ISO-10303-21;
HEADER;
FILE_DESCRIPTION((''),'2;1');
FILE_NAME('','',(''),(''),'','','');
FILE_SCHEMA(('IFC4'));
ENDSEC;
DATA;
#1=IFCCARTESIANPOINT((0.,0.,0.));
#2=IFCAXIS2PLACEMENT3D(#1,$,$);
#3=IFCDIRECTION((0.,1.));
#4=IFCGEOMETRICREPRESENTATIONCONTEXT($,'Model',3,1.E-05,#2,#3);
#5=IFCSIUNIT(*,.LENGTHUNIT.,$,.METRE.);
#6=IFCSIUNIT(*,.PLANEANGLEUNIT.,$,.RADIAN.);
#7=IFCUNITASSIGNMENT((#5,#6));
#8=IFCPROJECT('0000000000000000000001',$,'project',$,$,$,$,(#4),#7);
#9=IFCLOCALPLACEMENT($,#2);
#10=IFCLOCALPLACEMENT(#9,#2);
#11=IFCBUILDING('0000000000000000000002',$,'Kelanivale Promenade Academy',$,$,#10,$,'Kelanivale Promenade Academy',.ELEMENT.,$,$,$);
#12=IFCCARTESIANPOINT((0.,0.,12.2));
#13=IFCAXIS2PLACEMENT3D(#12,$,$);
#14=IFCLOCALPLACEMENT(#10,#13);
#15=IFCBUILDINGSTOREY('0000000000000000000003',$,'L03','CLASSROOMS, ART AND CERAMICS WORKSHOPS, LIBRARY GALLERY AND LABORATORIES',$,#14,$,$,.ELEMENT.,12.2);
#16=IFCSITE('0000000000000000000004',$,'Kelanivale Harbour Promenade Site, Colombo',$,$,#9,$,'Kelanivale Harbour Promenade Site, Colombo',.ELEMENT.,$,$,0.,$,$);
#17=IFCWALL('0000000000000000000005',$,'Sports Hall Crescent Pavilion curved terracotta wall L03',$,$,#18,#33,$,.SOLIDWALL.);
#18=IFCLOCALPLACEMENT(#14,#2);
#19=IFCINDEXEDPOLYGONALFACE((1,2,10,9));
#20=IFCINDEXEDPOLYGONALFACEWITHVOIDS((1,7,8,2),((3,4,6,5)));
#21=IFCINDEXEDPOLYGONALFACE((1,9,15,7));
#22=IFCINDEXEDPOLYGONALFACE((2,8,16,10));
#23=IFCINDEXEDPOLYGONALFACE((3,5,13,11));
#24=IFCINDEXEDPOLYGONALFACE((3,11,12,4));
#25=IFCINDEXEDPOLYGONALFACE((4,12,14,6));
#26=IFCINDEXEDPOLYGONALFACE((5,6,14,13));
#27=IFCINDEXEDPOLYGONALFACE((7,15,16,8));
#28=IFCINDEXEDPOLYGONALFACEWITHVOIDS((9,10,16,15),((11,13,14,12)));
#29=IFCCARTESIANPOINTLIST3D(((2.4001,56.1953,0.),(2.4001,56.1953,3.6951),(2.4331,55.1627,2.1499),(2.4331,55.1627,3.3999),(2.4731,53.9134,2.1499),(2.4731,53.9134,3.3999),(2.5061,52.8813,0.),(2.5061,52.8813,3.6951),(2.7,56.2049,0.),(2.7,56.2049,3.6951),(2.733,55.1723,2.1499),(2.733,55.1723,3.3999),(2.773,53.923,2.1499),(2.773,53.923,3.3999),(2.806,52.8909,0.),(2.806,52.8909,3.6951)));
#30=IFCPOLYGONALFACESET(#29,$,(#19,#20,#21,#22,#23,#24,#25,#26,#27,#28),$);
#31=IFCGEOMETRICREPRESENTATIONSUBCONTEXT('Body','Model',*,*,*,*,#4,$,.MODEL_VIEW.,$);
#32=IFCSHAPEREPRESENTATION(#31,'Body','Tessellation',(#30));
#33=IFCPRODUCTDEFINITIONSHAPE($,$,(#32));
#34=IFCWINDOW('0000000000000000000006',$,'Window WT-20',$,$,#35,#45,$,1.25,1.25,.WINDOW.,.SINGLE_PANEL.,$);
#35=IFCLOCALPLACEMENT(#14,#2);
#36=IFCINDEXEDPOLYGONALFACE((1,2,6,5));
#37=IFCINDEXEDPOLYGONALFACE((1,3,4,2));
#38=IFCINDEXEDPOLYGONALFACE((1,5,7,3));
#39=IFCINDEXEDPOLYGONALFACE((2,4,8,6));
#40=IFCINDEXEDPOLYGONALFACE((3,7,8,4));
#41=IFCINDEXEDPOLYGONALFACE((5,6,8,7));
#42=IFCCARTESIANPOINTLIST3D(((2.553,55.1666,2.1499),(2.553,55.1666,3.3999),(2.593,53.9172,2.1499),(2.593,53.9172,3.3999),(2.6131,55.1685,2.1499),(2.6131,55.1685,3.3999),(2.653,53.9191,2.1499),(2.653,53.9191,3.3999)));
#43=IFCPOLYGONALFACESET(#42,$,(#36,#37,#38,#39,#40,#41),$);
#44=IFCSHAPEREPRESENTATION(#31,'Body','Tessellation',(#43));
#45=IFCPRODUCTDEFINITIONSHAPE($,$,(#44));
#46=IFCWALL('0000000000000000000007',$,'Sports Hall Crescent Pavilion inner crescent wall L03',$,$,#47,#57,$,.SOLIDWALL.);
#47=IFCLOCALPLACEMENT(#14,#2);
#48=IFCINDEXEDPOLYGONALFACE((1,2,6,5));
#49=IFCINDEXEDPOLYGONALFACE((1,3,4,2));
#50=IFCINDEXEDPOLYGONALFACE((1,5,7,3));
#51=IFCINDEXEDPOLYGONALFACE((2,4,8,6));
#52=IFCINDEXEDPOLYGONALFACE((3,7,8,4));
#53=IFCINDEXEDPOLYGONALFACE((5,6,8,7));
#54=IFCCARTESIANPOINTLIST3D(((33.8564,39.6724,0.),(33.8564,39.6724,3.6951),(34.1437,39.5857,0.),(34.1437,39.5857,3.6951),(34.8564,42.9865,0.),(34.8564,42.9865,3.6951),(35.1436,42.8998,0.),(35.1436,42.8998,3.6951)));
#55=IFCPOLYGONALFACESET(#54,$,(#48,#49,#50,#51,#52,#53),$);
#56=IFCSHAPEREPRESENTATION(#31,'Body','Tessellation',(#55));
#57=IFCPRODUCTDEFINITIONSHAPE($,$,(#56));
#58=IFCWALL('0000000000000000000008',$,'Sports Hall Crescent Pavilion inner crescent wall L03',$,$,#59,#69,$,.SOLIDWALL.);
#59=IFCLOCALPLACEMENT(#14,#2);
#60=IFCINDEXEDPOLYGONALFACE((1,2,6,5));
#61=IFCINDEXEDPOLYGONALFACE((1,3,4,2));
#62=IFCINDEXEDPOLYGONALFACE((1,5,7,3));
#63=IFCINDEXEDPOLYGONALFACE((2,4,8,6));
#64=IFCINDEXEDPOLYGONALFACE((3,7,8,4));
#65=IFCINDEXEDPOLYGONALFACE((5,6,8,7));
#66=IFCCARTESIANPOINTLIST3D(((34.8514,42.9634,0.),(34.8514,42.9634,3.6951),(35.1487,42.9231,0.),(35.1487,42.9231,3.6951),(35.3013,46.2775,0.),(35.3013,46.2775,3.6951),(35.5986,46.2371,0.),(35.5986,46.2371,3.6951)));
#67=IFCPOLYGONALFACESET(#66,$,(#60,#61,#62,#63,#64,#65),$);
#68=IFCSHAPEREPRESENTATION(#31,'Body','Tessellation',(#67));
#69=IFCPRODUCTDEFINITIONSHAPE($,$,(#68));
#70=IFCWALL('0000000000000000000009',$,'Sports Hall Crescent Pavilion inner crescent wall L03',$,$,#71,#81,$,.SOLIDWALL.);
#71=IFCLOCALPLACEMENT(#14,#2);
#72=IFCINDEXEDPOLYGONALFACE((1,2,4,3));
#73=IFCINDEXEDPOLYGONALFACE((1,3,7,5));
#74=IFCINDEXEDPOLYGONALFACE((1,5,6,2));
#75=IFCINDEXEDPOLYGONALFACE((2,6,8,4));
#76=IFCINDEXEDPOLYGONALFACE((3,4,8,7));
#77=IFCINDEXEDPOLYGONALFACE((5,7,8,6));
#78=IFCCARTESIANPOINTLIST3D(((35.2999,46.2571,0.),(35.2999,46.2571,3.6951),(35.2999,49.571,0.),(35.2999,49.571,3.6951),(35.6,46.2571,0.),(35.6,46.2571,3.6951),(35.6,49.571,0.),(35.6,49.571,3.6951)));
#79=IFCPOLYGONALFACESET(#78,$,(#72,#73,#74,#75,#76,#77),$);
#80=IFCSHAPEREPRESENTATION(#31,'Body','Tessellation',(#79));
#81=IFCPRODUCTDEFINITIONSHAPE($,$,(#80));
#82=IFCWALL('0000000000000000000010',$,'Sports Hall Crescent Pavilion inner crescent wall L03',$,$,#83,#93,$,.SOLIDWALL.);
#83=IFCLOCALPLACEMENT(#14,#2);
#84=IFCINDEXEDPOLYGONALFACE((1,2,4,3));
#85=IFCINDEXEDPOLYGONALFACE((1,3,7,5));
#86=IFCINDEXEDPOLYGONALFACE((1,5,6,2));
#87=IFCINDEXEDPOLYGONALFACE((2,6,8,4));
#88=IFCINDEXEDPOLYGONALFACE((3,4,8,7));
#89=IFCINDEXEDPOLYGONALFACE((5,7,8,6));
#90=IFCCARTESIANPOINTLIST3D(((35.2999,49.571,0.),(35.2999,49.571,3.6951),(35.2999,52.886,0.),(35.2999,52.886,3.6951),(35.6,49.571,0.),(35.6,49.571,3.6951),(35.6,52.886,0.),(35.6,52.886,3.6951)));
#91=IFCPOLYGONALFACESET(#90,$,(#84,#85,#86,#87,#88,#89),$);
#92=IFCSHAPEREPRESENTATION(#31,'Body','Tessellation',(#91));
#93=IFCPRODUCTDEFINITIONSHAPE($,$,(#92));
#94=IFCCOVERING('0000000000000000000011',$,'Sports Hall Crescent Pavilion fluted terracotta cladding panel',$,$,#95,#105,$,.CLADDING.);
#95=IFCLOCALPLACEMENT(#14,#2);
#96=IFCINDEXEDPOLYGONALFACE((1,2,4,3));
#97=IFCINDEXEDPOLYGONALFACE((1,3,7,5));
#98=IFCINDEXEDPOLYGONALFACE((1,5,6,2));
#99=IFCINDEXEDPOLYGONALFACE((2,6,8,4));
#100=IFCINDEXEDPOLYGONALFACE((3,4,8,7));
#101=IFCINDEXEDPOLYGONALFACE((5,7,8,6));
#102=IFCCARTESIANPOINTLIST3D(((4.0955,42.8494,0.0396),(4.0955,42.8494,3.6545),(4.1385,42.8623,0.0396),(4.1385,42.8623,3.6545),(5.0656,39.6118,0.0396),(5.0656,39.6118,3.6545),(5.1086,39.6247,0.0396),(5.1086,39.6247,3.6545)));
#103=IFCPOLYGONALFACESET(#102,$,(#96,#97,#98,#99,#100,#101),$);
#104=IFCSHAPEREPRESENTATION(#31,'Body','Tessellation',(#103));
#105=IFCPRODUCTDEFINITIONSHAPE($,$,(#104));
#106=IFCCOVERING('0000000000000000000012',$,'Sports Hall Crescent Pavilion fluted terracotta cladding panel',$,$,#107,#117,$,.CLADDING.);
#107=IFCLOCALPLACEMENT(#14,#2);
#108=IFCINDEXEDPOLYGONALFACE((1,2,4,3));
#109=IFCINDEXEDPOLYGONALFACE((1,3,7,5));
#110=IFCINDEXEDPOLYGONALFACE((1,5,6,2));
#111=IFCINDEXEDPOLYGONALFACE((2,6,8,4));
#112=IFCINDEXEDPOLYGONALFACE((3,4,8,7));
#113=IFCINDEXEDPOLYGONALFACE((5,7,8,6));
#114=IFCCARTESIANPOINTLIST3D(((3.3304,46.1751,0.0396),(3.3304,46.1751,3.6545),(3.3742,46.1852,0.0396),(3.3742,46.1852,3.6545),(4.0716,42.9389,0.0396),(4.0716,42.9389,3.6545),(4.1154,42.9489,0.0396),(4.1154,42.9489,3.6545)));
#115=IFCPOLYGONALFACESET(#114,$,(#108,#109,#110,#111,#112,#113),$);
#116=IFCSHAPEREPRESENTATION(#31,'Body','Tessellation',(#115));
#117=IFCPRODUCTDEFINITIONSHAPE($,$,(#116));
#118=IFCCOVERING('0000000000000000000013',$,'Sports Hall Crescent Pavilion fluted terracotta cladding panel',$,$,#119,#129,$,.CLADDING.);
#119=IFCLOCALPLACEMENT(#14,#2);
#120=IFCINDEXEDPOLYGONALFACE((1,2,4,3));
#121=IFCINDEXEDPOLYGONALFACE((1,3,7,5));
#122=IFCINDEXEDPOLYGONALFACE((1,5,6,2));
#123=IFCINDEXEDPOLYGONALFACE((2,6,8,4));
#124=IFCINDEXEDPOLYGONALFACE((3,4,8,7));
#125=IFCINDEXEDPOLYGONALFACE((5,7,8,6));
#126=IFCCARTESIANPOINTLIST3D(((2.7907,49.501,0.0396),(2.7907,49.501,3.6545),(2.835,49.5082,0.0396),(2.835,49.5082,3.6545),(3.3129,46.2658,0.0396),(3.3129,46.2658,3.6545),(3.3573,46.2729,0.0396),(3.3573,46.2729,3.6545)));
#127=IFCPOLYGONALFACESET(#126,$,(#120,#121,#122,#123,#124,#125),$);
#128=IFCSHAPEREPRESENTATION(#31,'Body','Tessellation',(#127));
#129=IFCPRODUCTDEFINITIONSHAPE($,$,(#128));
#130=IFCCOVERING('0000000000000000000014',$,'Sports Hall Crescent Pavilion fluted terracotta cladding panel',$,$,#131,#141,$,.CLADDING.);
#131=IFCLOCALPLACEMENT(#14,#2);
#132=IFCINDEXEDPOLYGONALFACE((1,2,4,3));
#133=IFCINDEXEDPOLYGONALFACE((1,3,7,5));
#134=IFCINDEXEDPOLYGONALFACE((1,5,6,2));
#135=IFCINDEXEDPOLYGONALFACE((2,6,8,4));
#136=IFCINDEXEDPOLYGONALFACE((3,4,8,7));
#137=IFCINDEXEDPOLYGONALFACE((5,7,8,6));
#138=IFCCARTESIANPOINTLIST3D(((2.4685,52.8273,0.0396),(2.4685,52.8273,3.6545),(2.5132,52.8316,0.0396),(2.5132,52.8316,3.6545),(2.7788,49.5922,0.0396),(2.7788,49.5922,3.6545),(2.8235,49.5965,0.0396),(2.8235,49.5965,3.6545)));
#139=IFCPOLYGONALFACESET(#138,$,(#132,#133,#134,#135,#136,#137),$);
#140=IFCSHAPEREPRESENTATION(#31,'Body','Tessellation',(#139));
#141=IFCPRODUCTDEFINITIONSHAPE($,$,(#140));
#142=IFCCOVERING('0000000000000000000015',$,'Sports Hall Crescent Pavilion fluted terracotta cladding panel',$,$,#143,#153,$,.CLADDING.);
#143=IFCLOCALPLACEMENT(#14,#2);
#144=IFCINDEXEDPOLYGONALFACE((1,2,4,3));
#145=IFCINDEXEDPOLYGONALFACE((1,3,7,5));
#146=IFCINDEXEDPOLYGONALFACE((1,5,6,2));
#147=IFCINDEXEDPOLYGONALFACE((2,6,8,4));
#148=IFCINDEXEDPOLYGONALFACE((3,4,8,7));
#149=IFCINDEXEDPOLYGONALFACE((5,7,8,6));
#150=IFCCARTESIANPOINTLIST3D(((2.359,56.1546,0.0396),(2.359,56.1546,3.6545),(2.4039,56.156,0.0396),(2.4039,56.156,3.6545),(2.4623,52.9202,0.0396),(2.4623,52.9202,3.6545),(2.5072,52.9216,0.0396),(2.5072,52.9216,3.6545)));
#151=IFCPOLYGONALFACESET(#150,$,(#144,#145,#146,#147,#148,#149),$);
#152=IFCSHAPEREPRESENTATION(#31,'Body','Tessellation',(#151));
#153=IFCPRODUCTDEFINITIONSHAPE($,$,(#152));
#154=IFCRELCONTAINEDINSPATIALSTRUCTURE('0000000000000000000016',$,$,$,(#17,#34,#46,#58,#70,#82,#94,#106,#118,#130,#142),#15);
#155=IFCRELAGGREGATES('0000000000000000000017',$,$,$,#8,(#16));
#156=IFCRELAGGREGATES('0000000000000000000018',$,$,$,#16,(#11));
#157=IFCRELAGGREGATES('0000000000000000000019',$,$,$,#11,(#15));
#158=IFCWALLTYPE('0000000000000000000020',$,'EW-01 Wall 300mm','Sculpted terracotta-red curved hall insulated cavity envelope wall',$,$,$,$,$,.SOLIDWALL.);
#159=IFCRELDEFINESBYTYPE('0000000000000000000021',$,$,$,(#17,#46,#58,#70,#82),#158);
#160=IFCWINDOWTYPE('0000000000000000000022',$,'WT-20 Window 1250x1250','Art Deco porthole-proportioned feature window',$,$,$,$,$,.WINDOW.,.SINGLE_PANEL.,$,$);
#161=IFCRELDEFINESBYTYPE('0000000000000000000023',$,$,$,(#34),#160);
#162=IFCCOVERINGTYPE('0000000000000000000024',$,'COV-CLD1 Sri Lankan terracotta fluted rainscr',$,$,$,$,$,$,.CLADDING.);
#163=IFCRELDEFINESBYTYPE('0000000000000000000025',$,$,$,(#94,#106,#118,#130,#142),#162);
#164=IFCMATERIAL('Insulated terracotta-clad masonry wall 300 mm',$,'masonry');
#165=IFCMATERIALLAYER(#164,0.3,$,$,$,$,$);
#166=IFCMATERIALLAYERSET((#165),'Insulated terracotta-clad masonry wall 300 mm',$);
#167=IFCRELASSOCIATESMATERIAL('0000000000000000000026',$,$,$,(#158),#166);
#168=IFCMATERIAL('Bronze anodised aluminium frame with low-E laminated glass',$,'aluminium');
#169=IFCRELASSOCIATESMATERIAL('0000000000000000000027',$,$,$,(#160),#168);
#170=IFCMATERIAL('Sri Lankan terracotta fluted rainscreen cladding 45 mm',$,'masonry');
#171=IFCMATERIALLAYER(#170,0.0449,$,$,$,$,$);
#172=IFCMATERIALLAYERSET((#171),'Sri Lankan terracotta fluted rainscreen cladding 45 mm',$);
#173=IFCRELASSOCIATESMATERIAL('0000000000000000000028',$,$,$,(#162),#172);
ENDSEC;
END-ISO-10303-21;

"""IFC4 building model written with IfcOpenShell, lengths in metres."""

from ifc_helpers import new_model, si_unit, direction, frame, frame_2d, origin, origin_2d, place, context, subcontext, project, spatial, rectangle, extrude, material, layer, layer_set, type_object, element, fill, save


model = new_model("IFC4")

# Units and contexts
model_context = context("Model", 3, precision=1e-05, world=origin(), true_north=direction((0.0, 1.0)))
body_context = subcontext(model_context, "Body", "Model", "MODEL_VIEW")
ifc_project = project(units=[si_unit("LENGTHUNIT", "METRE"), si_unit("PLANEANGLEUNIT", "RADIAN")], contexts=[model_context])

# Site, building, storey
site_placement = place(None, origin())
site = spatial("IfcSite", under=ifc_project, at=site_placement, Name="Kelanivale Harbour Promenade Site, Colombo", LongName="Kelanivale Harbour Promenade Site, Colombo", CompositionType="ELEMENT", RefElevation=0.0)
building_placement = place(site_placement, origin())
building = spatial("IfcBuilding", under=site, at=building_placement, Name="Kelanivale Promenade Academy", LongName="Kelanivale Promenade Academy", CompositionType="ELEMENT")
storey_placement = place(building_placement, frame((0.0, 0.0, 12.2)))
storey = spatial("IfcBuildingStorey", under=building, at=storey_placement, Name="L03", Description="CLASSROOMS, ART AND CERAMICS WORKSHOPS, LIBRARY GALLERY AND LABORATORIES", CompositionType="ELEMENT", Elevation=12.2)

# Shared definitions
ifc_material_1 = material(Name="Insulated terracotta-clad masonry wall 300 mm", Category="masonry")
ifc_layer_1 = layer(ifc_material_1, 0.3)
ifc_layer_set_1 = layer_set([ifc_layer_1], Name="Insulated terracotta-clad masonry wall 300 mm")
wall_type = type_object("IfcWallType", Name="EW-01 Wall 300mm", Description="Sculpted terracotta-red curved hall insulated cavity envelope wall", PredefinedType="SOLIDWALL", material=ifc_layer_set_1)

# Wall, opening, window
ifc_material_2 = material(Name="Bronze anodised aluminium frame with low-E laminated glass", Category="aluminium")
window_type = type_object("IfcWindowType", Name="WT-20 Window 1250x1250", Description="Art Deco porthole-proportioned feature window", PartitioningType="SINGLE_PANEL", PredefinedType="WINDOW", material=ifc_material_2)
wall_1_placement = place(storey_placement, frame((2.55, 56.2, 0.0), z_axis=(0.0, 0.0, 1.0), x_axis=(0.031957, -0.999489, 0.0)))
wall_1 = element("IfcWall", 1, at=wall_1_placement, inside=storey, type_object=wall_type, Name="Sports Hall Crescent Pavilion curved terracotta wall L03", PredefinedType="SOLIDWALL", context=body_context, shape_type="SweptSolid", body=[
    extrude(rectangle(XDim=3.3157, YDim=0.3, at=frame_2d((1.6577, 0.0))), origin(), (0.0, 0.0, 1.0), 3.6951),
])
opening_1_placement = place(wall_1_placement, frame((1.033, 0.0, 2.1499)))
opening_1 = element("IfcOpeningElement", 2, at=opening_1_placement, cuts=wall_1, PredefinedType="OPENING", context=body_context, shape_type="SweptSolid", body=[
    extrude(rectangle(XDim=1.25, YDim=1.25, at=frame_2d((0.625, 0.625))), frame((0.0, 0.1602, 0.0), z_axis=(0.0, -1.0, 0.0), x_axis=(1.0, 0.0, 0.0)), (0.0, 0.0, 1.0), 0.3201),
])
window_1_placement = place(opening_1_placement, origin())
window_1 = element("IfcWindow", 3, at=window_1_placement, inside=storey, type_object=window_type, Name="Window WT-20", OverallHeight=1.25, OverallWidth=1.25, PartitioningType="SINGLE_PANEL", PredefinedType="WINDOW", context=body_context, shape_type="SweptSolid", body=[
    extrude(rectangle(XDim=1.25, YDim=1.25, at=frame_2d((0.625, 0.625))), frame((0.0, 0.03, 0.0), z_axis=(0.0, -1.0, 0.0), x_axis=(1.0, 0.0, 0.0)), (0.0, 0.0, 1.0), 0.0601),
])
fill(opening_1, window_1)

# Walls
wall_2_placement = place(storey_placement, frame((34.0, 39.6289, 0.0), z_axis=(0.0, 0.0, 1.0), x_axis=(0.288868, 0.957369, 0.0)))
element("IfcWall", 4, at=wall_2_placement, inside=storey, type_object=wall_type, Name="Sports Hall Crescent Pavilion inner crescent wall L03", PredefinedType="SOLIDWALL", context=body_context, shape_type="SweptSolid", body=[
    extrude(rectangle(XDim=3.4617, YDim=0.3, at=frame_2d((1.731, 0.0))), origin(), (0.0, 0.0, 1.0), 3.6951),
])
wall_3_placement = place(storey_placement, frame((35.0, 42.9431, 0.0), z_axis=(0.0, 0.0, 1.0), x_axis=(0.13454, 0.990908, 0.0)))
element("IfcWall", 5, at=wall_3_placement, inside=storey, type_object=wall_type, Name="Sports Hall Crescent Pavilion inner crescent wall L03", PredefinedType="SOLIDWALL", context=body_context, shape_type="SweptSolid", body=[
    extrude(rectangle(XDim=3.3445, YDim=0.3, at=frame_2d((1.6724, 0.0))), origin(), (0.0, 0.0, 1.0), 3.6951),
])
wall_4_placement = place(storey_placement, frame((35.45, 46.2571, 0.0), z_axis=(0.0, 0.0, 1.0), x_axis=(0.0, 1.0, 0.0)))
element("IfcWall", 6, at=wall_4_placement, inside=storey, type_object=wall_type, Name="Sports Hall Crescent Pavilion inner crescent wall L03", PredefinedType="SOLIDWALL", context=body_context, shape_type="SweptSolid", body=[
    extrude(rectangle(XDim=3.314, YDim=0.3, at=frame_2d((1.657, 0.0))), origin(), (0.0, 0.0, 1.0), 3.6951),
])
wall_5_placement = place(storey_placement, frame((35.45, 49.571, 0.0), z_axis=(0.0, 0.0, 1.0), x_axis=(0.0, 1.0, 0.0)))
element("IfcWall", 7, at=wall_5_placement, inside=storey, type_object=wall_type, Name="Sports Hall Crescent Pavilion inner crescent wall L03", PredefinedType="SOLIDWALL", context=body_context, shape_type="SweptSolid", body=[
    extrude(rectangle(XDim=3.3149, YDim=0.3, at=frame_2d((1.6575, 0.0))), origin(), (0.0, 0.0, 1.0), 3.6951),
])

# Coverings
ifc_material_3 = material(Name="Sri Lankan terracotta fluted rainscreen cladding 45 mm", Category="masonry")
ifc_layer_2 = layer(ifc_material_3, 0.0449)
ifc_layer_set_2 = layer_set([ifc_layer_2], Name="Sri Lankan terracotta fluted rainscreen cladding 45 mm")
covering_type = type_object("IfcCoveringType", Name="COV-CLD1 Sri Lankan terracotta fluted rainscr", PredefinedType="CLADDING", material=ifc_layer_set_2)
covering_1_placement = place(storey_placement, frame((4.6021, 41.2371, 0.0396), z_axis=(0.0, 0.0, 1.0), x_axis=(0.287026, -0.957923, 0.0)))
element("IfcCovering", 8, at=covering_1_placement, inside=storey, type_object=covering_type, Name="Sports Hall Crescent Pavilion fluted terracotta cladding panel", PredefinedType="CLADDING", context=body_context, shape_type="SweptSolid", body=[
    extrude(rectangle(XDim=3.3799, YDim=0.0449, at=origin_2d()), origin(), (0.0, 0.0, 1.0), 3.615),
])
covering_2_placement = place(storey_placement, frame((3.7229, 44.562, 0.0396), z_axis=(0.0, 0.0, 1.0), x_axis=(0.22325, -0.974761, 0.0)))
element("IfcCovering", 9, at=covering_2_placement, inside=storey, type_object=covering_type, Name="Sports Hall Crescent Pavilion fluted terracotta cladding panel", PredefinedType="CLADDING", context=body_context, shape_type="SweptSolid", body=[
    extrude(rectangle(XDim=3.3201, YDim=0.0449, at=origin_2d()), origin(), (0.0, 0.0, 1.0), 3.615),
])
covering_3_placement = place(storey_placement, frame((3.074, 47.887, 0.0396), z_axis=(0.0, 0.0, 1.0), x_axis=(0.159364, -0.98722, 0.0)))
element("IfcCovering", 10, at=covering_3_placement, inside=storey, type_object=covering_type, Name="Sports Hall Crescent Pavilion fluted terracotta cladding panel", PredefinedType="CLADDING", context=body_context, shape_type="SweptSolid", body=[
    extrude(rectangle(XDim=3.2771, YDim=0.0449, at=origin_2d()), origin(), (0.0, 0.0, 1.0), 3.615),
])
covering_4_placement = place(storey_placement, frame((2.646, 51.2119, 0.0396), z_axis=(0.0, 0.0, 1.0), x_axis=(0.095498, -0.99543, 0.0)))
element("IfcCovering", 11, at=covering_4_placement, inside=storey, type_object=covering_type, Name="Sports Hall Crescent Pavilion fluted terracotta cladding panel", PredefinedType="CLADDING", context=body_context, shape_type="SweptSolid", body=[
    extrude(rectangle(XDim=3.25, YDim=0.0449, at=origin_2d()), origin(), (0.0, 0.0, 1.0), 3.615),
])
covering_5_placement = place(storey_placement, frame((2.4331, 54.5381, 0.0396), z_axis=(0.0, 0.0, 1.0), x_axis=(0.031934, -0.99949, 0.0)))
element("IfcCovering", 12, at=covering_5_placement, inside=storey, type_object=covering_type, Name="Sports Hall Crescent Pavilion fluted terracotta cladding panel", PredefinedType="CLADDING", context=body_context, shape_type="SweptSolid", body=[
    extrude(rectangle(XDim=3.2361, YDim=0.0449, at=origin_2d()), origin(), (0.0, 0.0, 1.0), 3.615),
])

save(model, "model.ifc")
